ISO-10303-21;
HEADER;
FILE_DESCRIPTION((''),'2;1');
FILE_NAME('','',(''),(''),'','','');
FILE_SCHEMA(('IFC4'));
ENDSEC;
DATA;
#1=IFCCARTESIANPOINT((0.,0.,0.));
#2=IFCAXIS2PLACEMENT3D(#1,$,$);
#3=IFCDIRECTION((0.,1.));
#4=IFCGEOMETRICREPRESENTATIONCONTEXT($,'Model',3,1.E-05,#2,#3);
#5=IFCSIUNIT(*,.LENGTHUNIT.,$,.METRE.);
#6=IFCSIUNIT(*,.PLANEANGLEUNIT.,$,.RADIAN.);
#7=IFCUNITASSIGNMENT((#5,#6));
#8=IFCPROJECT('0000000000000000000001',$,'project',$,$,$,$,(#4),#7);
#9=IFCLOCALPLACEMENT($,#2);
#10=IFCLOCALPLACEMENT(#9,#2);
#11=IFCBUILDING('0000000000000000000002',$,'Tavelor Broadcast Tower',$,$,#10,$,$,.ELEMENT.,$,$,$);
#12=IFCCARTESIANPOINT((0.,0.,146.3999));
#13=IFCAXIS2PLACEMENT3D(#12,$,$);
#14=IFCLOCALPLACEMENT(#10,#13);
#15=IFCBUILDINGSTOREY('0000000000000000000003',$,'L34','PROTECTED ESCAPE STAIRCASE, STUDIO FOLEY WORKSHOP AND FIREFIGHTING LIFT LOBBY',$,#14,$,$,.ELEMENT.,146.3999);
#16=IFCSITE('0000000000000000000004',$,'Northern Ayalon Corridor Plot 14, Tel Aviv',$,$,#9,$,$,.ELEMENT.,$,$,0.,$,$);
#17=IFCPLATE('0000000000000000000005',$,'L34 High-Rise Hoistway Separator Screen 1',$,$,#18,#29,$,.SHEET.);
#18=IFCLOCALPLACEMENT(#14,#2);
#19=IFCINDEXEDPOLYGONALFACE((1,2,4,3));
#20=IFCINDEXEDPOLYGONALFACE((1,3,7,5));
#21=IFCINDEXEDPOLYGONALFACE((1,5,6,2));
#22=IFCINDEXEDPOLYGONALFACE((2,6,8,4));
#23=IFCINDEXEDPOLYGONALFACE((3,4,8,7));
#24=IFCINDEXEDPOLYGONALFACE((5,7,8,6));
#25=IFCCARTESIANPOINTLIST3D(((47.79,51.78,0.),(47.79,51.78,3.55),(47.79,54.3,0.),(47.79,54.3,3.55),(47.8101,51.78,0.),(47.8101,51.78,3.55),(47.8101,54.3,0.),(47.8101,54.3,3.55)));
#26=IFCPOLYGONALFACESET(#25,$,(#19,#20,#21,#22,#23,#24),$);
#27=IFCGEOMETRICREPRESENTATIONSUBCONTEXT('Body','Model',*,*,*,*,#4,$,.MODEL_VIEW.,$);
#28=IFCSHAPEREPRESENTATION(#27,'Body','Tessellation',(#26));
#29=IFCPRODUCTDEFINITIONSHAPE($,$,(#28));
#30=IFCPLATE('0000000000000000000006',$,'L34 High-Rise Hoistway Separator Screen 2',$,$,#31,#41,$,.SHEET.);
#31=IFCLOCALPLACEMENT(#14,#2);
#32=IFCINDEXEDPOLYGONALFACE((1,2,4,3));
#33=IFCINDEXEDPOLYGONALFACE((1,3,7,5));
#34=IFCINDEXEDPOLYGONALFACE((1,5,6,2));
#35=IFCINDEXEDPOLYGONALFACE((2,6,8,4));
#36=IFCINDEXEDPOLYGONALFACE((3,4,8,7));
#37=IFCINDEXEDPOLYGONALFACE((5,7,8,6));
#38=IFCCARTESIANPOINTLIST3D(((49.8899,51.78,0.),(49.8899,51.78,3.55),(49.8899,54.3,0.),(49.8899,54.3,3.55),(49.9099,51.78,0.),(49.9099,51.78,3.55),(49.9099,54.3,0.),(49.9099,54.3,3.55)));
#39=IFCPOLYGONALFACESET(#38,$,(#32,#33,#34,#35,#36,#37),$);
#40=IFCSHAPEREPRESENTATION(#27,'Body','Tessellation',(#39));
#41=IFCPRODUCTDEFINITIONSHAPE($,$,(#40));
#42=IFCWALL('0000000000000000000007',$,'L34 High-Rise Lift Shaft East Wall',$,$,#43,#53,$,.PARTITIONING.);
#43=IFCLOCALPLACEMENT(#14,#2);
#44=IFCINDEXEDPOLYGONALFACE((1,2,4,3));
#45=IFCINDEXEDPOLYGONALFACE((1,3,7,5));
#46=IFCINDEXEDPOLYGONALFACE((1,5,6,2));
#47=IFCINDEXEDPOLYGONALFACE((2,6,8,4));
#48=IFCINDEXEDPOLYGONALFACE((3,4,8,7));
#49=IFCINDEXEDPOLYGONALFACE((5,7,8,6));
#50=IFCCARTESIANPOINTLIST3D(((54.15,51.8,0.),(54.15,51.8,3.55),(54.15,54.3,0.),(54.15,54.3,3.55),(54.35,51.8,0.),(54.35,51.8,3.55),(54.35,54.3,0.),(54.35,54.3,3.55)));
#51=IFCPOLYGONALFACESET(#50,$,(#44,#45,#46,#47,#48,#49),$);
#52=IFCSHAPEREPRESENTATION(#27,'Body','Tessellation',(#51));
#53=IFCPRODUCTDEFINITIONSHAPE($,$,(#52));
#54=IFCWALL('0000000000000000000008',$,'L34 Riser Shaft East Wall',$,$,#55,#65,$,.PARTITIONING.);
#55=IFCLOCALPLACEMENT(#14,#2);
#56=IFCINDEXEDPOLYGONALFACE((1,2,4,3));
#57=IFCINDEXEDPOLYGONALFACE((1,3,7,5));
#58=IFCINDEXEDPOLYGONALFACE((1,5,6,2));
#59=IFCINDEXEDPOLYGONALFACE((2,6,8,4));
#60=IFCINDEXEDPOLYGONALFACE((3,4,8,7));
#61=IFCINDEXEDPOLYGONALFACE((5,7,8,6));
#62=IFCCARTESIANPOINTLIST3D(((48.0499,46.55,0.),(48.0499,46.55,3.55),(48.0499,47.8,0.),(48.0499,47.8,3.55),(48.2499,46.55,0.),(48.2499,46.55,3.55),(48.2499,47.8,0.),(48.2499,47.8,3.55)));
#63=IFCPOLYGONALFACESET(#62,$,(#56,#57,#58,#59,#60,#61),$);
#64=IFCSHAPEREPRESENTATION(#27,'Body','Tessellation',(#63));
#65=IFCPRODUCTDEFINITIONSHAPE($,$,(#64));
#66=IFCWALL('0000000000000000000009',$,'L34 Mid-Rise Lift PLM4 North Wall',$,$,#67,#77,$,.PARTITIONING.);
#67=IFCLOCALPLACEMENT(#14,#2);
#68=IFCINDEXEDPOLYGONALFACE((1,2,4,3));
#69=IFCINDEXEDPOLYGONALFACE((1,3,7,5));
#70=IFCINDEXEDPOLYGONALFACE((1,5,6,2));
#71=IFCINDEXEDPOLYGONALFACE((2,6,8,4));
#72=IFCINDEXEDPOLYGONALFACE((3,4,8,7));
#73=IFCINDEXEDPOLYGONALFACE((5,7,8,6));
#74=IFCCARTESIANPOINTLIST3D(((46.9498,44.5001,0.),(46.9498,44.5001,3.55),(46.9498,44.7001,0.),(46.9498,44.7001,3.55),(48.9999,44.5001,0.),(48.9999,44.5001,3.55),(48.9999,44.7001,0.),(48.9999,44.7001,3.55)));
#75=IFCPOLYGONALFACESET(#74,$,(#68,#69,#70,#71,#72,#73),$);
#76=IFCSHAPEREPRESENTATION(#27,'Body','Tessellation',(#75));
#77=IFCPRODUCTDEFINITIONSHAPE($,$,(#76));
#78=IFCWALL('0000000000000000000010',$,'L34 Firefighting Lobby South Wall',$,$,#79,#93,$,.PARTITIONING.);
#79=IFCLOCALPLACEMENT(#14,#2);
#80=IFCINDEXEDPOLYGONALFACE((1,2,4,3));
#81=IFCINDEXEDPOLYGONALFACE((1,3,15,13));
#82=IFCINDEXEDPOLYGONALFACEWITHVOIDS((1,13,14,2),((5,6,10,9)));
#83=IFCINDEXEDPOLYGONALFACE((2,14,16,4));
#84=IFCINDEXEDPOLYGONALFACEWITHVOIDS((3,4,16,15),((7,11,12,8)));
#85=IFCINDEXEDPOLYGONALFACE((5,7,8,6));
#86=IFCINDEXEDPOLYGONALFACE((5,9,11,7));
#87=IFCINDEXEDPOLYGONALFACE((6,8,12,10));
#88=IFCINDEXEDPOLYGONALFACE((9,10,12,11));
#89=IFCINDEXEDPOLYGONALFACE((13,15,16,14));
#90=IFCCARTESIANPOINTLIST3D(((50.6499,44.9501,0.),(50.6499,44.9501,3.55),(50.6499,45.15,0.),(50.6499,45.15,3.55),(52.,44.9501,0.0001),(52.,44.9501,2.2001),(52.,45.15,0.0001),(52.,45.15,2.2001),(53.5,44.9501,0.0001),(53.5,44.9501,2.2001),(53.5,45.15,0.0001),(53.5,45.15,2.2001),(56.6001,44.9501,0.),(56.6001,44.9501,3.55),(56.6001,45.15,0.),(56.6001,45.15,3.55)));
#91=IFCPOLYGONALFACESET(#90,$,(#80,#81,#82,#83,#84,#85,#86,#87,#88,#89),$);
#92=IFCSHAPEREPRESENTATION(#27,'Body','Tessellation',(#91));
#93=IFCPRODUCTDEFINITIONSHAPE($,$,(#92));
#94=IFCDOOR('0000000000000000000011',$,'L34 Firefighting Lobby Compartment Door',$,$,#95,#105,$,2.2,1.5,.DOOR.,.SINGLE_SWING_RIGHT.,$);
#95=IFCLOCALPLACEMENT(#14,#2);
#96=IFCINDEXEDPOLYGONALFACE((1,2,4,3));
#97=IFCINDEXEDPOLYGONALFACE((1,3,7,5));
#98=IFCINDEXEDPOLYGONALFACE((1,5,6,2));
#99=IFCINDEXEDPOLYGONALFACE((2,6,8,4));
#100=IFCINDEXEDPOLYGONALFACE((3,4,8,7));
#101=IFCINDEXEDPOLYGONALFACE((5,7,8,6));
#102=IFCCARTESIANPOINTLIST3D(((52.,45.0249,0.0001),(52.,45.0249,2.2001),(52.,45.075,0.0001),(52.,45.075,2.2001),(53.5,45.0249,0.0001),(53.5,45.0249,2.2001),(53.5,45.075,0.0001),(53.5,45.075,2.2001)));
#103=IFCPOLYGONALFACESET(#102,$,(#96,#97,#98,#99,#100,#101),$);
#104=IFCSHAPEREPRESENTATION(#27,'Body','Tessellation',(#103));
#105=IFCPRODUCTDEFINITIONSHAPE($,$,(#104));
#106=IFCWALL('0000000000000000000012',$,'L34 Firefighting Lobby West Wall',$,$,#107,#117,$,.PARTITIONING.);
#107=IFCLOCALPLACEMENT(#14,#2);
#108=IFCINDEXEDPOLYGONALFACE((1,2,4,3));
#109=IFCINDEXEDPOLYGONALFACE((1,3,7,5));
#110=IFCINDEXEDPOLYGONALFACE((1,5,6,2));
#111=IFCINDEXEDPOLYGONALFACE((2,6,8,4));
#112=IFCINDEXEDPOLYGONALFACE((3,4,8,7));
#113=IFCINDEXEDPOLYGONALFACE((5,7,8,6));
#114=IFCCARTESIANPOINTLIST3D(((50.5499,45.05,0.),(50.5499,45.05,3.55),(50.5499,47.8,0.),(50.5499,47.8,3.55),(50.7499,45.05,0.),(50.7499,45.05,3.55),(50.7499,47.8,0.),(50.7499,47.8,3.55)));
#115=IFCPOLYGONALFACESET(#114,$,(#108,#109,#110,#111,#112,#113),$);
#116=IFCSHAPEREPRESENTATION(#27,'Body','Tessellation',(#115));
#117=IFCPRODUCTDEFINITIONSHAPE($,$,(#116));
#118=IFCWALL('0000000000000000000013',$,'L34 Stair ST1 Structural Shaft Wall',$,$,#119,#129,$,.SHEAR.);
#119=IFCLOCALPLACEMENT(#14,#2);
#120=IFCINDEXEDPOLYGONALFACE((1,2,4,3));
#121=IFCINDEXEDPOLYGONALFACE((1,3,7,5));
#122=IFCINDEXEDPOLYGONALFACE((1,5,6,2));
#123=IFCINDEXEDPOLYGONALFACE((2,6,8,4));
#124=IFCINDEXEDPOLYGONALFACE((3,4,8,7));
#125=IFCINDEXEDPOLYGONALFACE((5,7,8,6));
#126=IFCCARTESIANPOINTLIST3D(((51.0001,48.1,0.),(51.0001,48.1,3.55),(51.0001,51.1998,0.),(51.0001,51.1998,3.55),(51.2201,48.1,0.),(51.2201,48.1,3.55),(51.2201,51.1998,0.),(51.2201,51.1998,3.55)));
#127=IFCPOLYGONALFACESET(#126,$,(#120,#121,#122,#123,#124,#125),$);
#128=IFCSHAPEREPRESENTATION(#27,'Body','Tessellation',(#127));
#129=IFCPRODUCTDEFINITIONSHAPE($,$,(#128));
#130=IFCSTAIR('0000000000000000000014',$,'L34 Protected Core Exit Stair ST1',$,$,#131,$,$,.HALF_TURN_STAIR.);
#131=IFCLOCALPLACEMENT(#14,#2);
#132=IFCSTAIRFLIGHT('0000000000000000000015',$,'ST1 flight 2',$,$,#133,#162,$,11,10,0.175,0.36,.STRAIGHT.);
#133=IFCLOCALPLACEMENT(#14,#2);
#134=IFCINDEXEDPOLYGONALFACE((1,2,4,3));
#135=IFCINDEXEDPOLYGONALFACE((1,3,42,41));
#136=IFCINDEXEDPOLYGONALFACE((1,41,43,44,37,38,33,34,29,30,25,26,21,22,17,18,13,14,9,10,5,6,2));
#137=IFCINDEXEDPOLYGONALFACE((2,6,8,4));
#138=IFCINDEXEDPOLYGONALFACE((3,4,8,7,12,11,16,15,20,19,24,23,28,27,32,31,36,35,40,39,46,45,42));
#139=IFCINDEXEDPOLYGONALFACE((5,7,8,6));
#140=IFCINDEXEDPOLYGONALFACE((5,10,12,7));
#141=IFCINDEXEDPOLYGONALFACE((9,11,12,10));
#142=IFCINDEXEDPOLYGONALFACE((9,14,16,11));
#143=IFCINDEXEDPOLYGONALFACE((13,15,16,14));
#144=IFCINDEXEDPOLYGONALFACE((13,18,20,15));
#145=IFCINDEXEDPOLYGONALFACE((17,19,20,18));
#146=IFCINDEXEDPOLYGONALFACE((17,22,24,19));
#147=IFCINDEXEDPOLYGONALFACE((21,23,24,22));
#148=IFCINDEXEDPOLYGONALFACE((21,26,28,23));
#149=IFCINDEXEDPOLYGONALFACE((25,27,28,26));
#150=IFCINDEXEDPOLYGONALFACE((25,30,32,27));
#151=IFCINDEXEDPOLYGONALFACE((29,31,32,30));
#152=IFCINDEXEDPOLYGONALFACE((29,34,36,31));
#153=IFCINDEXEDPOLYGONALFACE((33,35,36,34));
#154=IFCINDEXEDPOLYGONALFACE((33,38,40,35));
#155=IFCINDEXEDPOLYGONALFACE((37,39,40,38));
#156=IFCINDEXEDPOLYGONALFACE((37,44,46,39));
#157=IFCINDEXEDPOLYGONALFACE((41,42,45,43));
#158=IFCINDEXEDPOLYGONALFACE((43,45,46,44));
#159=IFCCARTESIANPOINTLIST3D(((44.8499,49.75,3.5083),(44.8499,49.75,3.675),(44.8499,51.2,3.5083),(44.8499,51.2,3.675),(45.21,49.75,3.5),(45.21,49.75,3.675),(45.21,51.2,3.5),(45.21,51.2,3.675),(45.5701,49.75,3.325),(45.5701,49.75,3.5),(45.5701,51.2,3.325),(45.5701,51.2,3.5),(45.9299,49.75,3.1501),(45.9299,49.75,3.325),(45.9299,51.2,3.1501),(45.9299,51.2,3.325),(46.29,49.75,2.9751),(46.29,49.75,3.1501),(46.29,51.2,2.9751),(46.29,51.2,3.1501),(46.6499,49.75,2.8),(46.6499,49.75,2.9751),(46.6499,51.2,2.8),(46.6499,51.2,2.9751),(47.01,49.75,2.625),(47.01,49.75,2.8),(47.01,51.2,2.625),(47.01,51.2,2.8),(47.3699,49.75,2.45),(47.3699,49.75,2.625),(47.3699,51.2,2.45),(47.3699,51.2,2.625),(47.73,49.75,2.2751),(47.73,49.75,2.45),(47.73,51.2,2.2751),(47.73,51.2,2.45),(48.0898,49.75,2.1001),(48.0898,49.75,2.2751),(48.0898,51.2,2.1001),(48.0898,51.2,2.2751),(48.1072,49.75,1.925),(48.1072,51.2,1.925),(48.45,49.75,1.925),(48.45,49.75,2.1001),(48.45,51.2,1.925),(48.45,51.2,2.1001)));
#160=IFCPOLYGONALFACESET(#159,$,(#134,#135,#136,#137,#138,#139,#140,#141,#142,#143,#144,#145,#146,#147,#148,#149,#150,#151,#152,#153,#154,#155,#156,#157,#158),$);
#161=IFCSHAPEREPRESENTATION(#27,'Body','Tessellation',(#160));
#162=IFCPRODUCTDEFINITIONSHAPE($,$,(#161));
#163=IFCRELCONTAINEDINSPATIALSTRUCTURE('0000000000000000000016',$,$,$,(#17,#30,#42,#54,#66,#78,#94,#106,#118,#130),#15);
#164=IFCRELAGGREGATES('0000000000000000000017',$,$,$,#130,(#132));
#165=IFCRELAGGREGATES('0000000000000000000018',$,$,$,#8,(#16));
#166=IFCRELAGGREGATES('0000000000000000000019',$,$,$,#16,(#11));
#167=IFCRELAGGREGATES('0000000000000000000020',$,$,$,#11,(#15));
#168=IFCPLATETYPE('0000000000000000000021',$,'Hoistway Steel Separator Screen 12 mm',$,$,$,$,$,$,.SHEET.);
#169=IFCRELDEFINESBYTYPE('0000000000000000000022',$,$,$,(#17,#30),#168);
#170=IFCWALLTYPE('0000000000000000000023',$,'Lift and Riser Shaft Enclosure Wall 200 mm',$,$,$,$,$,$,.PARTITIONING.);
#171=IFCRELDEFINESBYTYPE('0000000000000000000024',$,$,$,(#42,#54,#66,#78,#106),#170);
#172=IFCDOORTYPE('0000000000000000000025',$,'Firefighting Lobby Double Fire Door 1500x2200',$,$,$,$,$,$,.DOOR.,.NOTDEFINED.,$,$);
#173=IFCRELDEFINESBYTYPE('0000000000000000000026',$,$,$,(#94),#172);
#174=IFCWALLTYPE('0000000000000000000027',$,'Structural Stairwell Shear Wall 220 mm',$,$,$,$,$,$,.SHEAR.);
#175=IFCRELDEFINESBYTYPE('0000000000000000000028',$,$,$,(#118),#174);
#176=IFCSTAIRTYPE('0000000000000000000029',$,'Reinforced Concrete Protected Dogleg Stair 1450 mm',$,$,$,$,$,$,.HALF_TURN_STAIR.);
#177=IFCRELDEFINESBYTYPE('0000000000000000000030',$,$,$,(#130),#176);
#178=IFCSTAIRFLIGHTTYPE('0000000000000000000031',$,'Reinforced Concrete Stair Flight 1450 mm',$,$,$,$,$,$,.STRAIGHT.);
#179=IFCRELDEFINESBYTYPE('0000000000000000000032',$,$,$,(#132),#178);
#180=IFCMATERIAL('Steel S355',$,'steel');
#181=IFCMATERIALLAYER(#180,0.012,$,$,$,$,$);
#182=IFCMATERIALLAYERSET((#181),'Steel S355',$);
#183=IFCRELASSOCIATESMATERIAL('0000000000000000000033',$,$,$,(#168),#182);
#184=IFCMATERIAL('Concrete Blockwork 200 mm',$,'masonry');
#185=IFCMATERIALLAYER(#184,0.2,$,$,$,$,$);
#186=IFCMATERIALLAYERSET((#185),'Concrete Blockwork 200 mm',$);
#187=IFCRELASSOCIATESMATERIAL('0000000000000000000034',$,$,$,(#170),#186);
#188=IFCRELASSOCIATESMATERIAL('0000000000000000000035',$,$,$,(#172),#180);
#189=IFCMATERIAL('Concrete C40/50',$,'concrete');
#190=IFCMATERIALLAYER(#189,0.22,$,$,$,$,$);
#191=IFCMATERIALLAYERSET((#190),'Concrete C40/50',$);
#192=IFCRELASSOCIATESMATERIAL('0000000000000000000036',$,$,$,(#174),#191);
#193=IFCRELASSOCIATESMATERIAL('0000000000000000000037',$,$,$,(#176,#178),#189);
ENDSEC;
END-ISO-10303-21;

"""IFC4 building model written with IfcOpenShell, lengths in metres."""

from ifc_helpers import new_model, si_unit, direction, frame, frame_2d, origin, origin_2d, place, context, subcontext, project, spatial, polyline, rectangle, outline, extrude, source, transform, mapped, material, layer, layer_set, type_object, type_shapes, element, fill, aggregate, save


model = new_model("IFC4")

# Units and contexts
model_context = context("Model", 3, precision=1e-05, world=origin(), true_north=direction((0.0, 1.0)))
body_context = subcontext(model_context, "Body", "Model", "MODEL_VIEW")
ifc_project = project(units=[si_unit("LENGTHUNIT", "METRE"), si_unit("PLANEANGLEUNIT", "RADIAN")], contexts=[model_context])

# Site, building, storey
site_placement = place(None, origin())
site = spatial("IfcSite", under=ifc_project, at=site_placement, Name="Northern Ayalon Corridor Plot 14, Tel Aviv", CompositionType="ELEMENT", RefElevation=0.0)
building_placement = place(site_placement, origin())
building = spatial("IfcBuilding", under=site, at=building_placement, Name="Tavelor Broadcast Tower", CompositionType="ELEMENT")
storey_placement = place(building_placement, frame((0.0, 0.0, 146.3999)))
storey = spatial("IfcBuildingStorey", under=building, at=storey_placement, Name="L34", Description="PROTECTED ESCAPE STAIRCASE, STUDIO FOLEY WORKSHOP AND FIREFIGHTING LIFT LOBBY", CompositionType="ELEMENT", Elevation=146.3999)

# Shared definitions
ifc_material_1 = material(Name="Concrete C40/50", Category="concrete")
ifc_material_2 = material(Name="Steel S355", Category="steel")

# Plates
ifc_layer_1 = layer(ifc_material_2, 0.012)
ifc_layer_set_1 = layer_set([ifc_layer_1], Name="Steel S355")
plate_type = type_object("IfcPlateType", Name="Hoistway Steel Separator Screen 12 mm", PredefinedType="SHEET", material=ifc_layer_set_1)
shared_shape = source(origin(), body_context, "Body", "SweptSolid", [
    extrude(rectangle(XDim=0.02, YDim=2.52, at=origin_2d()), origin(), (0.0, 0.0, 1.0), 3.55),
])
type_shapes(plate_type, [shared_shape])
for number, where, z_axis, x_axis, name in (
    (1, (47.8, 53.04, 0.0), (0.0, 0.0, 1.0), (1.0, 0.0, 0.0), "L34 High-Rise Hoistway Separator Screen 1"),
    (2, (49.8999, 53.04, 0.0), (0.0, 0.0, 1.0), (1.0, 0.0, 0.0), "L34 High-Rise Hoistway Separator Screen 2"),
):
    element("IfcPlate", number, at=place(storey_placement, frame(where, z_axis=z_axis, x_axis=x_axis)), inside=storey, type_object=plate_type, Name=name, PredefinedType="SHEET", context=body_context, shape_type="MappedRepresentation", body=[
        mapped(shared_shape, transform((0.0, 0.0, 0.0), scale=1.0)),
    ])

# Walls
ifc_material_3 = material(Name="Concrete Blockwork 200 mm", Category="masonry")
ifc_layer_2 = layer(ifc_material_3, 0.2)
ifc_layer_set_2 = layer_set([ifc_layer_2], Name="Concrete Blockwork 200 mm")
wall_type_1 = type_object("IfcWallType", Name="Lift and Riser Shaft Enclosure Wall 200 mm", PredefinedType="PARTITIONING", material=ifc_layer_set_2)
wall_1_placement = place(storey_placement, frame((54.25, 51.8, 0.0), z_axis=(0.0, 0.0, 1.0), x_axis=(0.0, 1.0, 0.0)))
element("IfcWall", 3, at=wall_1_placement, inside=storey, type_object=wall_type_1, Name="L34 High-Rise Lift Shaft East Wall", PredefinedType="PARTITIONING", context=body_context, shape_type="SweptSolid", body=[
    extrude(rectangle(XDim=2.5, YDim=0.2, at=frame_2d((1.25, 0.0))), origin(), (0.0, 0.0, 1.0), 3.55),
])
wall_2_placement = place(storey_placement, frame((48.1499, 46.55, 0.0), z_axis=(0.0, 0.0, 1.0), x_axis=(0.0, 1.0, 0.0)))
element("IfcWall", 4, at=wall_2_placement, inside=storey, type_object=wall_type_1, Name="L34 Riser Shaft East Wall", PredefinedType="PARTITIONING", context=body_context, shape_type="SweptSolid", body=[
    extrude(rectangle(XDim=1.25, YDim=0.2, at=frame_2d((0.625, 0.0))), origin(), (0.0, 0.0, 1.0), 3.55),
])
wall_3_placement = place(storey_placement, frame((46.95, 44.6001, 0.0), z_axis=(0.0, 0.0, 1.0), x_axis=(1.0, 0.0, 0.0)))
element("IfcWall", 5, at=wall_3_placement, inside=storey, type_object=wall_type_1, Name="L34 Mid-Rise Lift PLM4 North Wall", PredefinedType="PARTITIONING", context=body_context, shape_type="SweptSolid", body=[
    extrude(rectangle(XDim=2.05, YDim=0.2, at=frame_2d((1.0249, 0.0))), origin(), (0.0, 0.0, 1.0), 3.55),
])

# Wall, opening, door
wall_4_placement = place(storey_placement, frame((50.6499, 45.05, 0.0), z_axis=(0.0, 0.0, 1.0), x_axis=(1.0, 0.0, 0.0)))
wall_4 = element("IfcWall", 6, at=wall_4_placement, inside=storey, type_object=wall_type_1, Name="L34 Firefighting Lobby South Wall", PredefinedType="PARTITIONING", context=body_context, shape_type="SweptSolid", body=[
    extrude(rectangle(XDim=5.9502, YDim=0.2, at=frame_2d((2.9751, 0.0))), origin(), (0.0, 0.0, 1.0), 3.55),
])
opening_placement = place(wall_4_placement, frame((1.3501, 0.0, 0.0)))
opening = element("IfcOpeningElement", 7, at=opening_placement, cuts=wall_4, PredefinedType="OPENING", context=body_context, shape_type="SweptSolid", body=[
    extrude(rectangle(XDim=1.5, YDim=2.2, at=frame_2d((0.75, 1.1001))), frame((0.0, 0.1099, 0.0), z_axis=(0.0, -1.0, 0.0), x_axis=(1.0, 0.0, 0.0)), (0.0, 0.0, 1.0), 0.22),
])
door_type = type_object("IfcDoorType", Name="Firefighting Lobby Double Fire Door 1500x2200", OperationType="NOTDEFINED", PredefinedType="DOOR", material=ifc_material_2)
door_placement = place(opening_placement, origin())
door = element("IfcDoor", 8, at=door_placement, inside=storey, type_object=door_type, Name="L34 Firefighting Lobby Compartment Door", OperationType="SINGLE_SWING_RIGHT", OverallHeight=2.2, OverallWidth=1.5, PredefinedType="DOOR", context=body_context, shape_type="SweptSolid", body=[
    extrude(rectangle(XDim=1.5, YDim=2.2, at=frame_2d((0.75, 1.1001))), frame((0.0, 0.0249, 0.0), z_axis=(0.0, -1.0, 0.0), x_axis=(1.0, 0.0, 0.0)), (0.0, 0.0, 1.0), 0.05),
])
fill(opening, door)

# Walls
wall_5_placement = place(storey_placement, frame((50.6499, 45.05, 0.0), z_axis=(0.0, 0.0, 1.0), x_axis=(0.0, 1.0, 0.0)))
element("IfcWall", 9, at=wall_5_placement, inside=storey, type_object=wall_type_1, Name="L34 Firefighting Lobby West Wall", PredefinedType="PARTITIONING", context=body_context, shape_type="SweptSolid", body=[
    extrude(rectangle(XDim=2.75, YDim=0.2, at=frame_2d((1.375, 0.0))), origin(), (0.0, 0.0, 1.0), 3.55),
])
ifc_layer_3 = layer(ifc_material_1, 0.22)
ifc_layer_set_3 = layer_set([ifc_layer_3], Name="Concrete C40/50")
wall_type_2 = type_object("IfcWallType", Name="Structural Stairwell Shear Wall 220 mm", PredefinedType="SHEAR", material=ifc_layer_set_3)
wall_6_placement = place(storey_placement, frame((51.1101, 48.1001, 0.0), z_axis=(0.0, 0.0, 1.0), x_axis=(0.0, 1.0, 0.0)))
element("IfcWall", 10, at=wall_6_placement, inside=storey, type_object=wall_type_2, Name="L34 Stair ST1 Structural Shaft Wall", PredefinedType="SHEAR", context=body_context, shape_type="SweptSolid", body=[
    extrude(rectangle(XDim=3.0999, YDim=0.22, at=frame_2d((1.5498, 0.0))), origin(), (0.0, 0.0, 1.0), 3.55),
])

# Stair, stair flight
stair_type = type_object("IfcStairType", Name="Reinforced Concrete Protected Dogleg Stair 1450 mm", PredefinedType="HALF_TURN_STAIR", material=ifc_material_1)
stair_placement = place(storey_placement, origin())
stair = element("IfcStair", 11, at=stair_placement, inside=storey, type_object=stair_type, Name="L34 Protected Core Exit Stair ST1", PredefinedType="HALF_TURN_STAIR")
stair_flight_type = type_object("IfcStairFlightType", Name="Reinforced Concrete Stair Flight 1450 mm", PredefinedType="STRAIGHT", material=ifc_material_1)
stair_flight_placement = place(storey_placement, frame((48.45, 50.4751, 1.925), z_axis=(0.0, 0.0, 1.0), x_axis=(-1.0, 0.0, 0.0)))
stair_flight = element("IfcStairFlight", 12, at=stair_flight_placement, type_object=stair_flight_type, Name="ST1 flight 2", NumberOfRisers=11, NumberOfTreads=10, PredefinedType="STRAIGHT", RiserHeight=0.175, TreadLength=0.36, context=body_context, shape_type="SweptSolid", body=[
    extrude(outline(polyline([(0.0, 0.0), (0.0, 0.175), (0.3601, 0.175), (0.3601, 0.3501), (0.72, 0.3501), (0.72, 0.5249), (1.0801, 0.5249), (1.0801, 0.7), (1.4399, 0.7), (1.4399, 0.875), (1.8, 0.875), (1.8, 1.05), (2.1599, 1.05), (2.1599, 1.2251), (2.52, 1.2251), (2.52, 1.3999), (2.8799, 1.3999), (2.8799, 1.575), (3.24, 1.575), (3.24, 1.75), (3.6001, 1.75), (3.6001, 1.925), (3.6001, 1.5833), (0.3428, 0.0), (0.0, 0.0)])), frame((0.0, 0.7251, 0.0), z_axis=(0.0, -1.0, 0.0), x_axis=(1.0, 0.0, 0.0)), (0.0, 0.0, 1.0), 1.45),
])
aggregate(stair, [stair_flight])

save(model, "model.ifc")
